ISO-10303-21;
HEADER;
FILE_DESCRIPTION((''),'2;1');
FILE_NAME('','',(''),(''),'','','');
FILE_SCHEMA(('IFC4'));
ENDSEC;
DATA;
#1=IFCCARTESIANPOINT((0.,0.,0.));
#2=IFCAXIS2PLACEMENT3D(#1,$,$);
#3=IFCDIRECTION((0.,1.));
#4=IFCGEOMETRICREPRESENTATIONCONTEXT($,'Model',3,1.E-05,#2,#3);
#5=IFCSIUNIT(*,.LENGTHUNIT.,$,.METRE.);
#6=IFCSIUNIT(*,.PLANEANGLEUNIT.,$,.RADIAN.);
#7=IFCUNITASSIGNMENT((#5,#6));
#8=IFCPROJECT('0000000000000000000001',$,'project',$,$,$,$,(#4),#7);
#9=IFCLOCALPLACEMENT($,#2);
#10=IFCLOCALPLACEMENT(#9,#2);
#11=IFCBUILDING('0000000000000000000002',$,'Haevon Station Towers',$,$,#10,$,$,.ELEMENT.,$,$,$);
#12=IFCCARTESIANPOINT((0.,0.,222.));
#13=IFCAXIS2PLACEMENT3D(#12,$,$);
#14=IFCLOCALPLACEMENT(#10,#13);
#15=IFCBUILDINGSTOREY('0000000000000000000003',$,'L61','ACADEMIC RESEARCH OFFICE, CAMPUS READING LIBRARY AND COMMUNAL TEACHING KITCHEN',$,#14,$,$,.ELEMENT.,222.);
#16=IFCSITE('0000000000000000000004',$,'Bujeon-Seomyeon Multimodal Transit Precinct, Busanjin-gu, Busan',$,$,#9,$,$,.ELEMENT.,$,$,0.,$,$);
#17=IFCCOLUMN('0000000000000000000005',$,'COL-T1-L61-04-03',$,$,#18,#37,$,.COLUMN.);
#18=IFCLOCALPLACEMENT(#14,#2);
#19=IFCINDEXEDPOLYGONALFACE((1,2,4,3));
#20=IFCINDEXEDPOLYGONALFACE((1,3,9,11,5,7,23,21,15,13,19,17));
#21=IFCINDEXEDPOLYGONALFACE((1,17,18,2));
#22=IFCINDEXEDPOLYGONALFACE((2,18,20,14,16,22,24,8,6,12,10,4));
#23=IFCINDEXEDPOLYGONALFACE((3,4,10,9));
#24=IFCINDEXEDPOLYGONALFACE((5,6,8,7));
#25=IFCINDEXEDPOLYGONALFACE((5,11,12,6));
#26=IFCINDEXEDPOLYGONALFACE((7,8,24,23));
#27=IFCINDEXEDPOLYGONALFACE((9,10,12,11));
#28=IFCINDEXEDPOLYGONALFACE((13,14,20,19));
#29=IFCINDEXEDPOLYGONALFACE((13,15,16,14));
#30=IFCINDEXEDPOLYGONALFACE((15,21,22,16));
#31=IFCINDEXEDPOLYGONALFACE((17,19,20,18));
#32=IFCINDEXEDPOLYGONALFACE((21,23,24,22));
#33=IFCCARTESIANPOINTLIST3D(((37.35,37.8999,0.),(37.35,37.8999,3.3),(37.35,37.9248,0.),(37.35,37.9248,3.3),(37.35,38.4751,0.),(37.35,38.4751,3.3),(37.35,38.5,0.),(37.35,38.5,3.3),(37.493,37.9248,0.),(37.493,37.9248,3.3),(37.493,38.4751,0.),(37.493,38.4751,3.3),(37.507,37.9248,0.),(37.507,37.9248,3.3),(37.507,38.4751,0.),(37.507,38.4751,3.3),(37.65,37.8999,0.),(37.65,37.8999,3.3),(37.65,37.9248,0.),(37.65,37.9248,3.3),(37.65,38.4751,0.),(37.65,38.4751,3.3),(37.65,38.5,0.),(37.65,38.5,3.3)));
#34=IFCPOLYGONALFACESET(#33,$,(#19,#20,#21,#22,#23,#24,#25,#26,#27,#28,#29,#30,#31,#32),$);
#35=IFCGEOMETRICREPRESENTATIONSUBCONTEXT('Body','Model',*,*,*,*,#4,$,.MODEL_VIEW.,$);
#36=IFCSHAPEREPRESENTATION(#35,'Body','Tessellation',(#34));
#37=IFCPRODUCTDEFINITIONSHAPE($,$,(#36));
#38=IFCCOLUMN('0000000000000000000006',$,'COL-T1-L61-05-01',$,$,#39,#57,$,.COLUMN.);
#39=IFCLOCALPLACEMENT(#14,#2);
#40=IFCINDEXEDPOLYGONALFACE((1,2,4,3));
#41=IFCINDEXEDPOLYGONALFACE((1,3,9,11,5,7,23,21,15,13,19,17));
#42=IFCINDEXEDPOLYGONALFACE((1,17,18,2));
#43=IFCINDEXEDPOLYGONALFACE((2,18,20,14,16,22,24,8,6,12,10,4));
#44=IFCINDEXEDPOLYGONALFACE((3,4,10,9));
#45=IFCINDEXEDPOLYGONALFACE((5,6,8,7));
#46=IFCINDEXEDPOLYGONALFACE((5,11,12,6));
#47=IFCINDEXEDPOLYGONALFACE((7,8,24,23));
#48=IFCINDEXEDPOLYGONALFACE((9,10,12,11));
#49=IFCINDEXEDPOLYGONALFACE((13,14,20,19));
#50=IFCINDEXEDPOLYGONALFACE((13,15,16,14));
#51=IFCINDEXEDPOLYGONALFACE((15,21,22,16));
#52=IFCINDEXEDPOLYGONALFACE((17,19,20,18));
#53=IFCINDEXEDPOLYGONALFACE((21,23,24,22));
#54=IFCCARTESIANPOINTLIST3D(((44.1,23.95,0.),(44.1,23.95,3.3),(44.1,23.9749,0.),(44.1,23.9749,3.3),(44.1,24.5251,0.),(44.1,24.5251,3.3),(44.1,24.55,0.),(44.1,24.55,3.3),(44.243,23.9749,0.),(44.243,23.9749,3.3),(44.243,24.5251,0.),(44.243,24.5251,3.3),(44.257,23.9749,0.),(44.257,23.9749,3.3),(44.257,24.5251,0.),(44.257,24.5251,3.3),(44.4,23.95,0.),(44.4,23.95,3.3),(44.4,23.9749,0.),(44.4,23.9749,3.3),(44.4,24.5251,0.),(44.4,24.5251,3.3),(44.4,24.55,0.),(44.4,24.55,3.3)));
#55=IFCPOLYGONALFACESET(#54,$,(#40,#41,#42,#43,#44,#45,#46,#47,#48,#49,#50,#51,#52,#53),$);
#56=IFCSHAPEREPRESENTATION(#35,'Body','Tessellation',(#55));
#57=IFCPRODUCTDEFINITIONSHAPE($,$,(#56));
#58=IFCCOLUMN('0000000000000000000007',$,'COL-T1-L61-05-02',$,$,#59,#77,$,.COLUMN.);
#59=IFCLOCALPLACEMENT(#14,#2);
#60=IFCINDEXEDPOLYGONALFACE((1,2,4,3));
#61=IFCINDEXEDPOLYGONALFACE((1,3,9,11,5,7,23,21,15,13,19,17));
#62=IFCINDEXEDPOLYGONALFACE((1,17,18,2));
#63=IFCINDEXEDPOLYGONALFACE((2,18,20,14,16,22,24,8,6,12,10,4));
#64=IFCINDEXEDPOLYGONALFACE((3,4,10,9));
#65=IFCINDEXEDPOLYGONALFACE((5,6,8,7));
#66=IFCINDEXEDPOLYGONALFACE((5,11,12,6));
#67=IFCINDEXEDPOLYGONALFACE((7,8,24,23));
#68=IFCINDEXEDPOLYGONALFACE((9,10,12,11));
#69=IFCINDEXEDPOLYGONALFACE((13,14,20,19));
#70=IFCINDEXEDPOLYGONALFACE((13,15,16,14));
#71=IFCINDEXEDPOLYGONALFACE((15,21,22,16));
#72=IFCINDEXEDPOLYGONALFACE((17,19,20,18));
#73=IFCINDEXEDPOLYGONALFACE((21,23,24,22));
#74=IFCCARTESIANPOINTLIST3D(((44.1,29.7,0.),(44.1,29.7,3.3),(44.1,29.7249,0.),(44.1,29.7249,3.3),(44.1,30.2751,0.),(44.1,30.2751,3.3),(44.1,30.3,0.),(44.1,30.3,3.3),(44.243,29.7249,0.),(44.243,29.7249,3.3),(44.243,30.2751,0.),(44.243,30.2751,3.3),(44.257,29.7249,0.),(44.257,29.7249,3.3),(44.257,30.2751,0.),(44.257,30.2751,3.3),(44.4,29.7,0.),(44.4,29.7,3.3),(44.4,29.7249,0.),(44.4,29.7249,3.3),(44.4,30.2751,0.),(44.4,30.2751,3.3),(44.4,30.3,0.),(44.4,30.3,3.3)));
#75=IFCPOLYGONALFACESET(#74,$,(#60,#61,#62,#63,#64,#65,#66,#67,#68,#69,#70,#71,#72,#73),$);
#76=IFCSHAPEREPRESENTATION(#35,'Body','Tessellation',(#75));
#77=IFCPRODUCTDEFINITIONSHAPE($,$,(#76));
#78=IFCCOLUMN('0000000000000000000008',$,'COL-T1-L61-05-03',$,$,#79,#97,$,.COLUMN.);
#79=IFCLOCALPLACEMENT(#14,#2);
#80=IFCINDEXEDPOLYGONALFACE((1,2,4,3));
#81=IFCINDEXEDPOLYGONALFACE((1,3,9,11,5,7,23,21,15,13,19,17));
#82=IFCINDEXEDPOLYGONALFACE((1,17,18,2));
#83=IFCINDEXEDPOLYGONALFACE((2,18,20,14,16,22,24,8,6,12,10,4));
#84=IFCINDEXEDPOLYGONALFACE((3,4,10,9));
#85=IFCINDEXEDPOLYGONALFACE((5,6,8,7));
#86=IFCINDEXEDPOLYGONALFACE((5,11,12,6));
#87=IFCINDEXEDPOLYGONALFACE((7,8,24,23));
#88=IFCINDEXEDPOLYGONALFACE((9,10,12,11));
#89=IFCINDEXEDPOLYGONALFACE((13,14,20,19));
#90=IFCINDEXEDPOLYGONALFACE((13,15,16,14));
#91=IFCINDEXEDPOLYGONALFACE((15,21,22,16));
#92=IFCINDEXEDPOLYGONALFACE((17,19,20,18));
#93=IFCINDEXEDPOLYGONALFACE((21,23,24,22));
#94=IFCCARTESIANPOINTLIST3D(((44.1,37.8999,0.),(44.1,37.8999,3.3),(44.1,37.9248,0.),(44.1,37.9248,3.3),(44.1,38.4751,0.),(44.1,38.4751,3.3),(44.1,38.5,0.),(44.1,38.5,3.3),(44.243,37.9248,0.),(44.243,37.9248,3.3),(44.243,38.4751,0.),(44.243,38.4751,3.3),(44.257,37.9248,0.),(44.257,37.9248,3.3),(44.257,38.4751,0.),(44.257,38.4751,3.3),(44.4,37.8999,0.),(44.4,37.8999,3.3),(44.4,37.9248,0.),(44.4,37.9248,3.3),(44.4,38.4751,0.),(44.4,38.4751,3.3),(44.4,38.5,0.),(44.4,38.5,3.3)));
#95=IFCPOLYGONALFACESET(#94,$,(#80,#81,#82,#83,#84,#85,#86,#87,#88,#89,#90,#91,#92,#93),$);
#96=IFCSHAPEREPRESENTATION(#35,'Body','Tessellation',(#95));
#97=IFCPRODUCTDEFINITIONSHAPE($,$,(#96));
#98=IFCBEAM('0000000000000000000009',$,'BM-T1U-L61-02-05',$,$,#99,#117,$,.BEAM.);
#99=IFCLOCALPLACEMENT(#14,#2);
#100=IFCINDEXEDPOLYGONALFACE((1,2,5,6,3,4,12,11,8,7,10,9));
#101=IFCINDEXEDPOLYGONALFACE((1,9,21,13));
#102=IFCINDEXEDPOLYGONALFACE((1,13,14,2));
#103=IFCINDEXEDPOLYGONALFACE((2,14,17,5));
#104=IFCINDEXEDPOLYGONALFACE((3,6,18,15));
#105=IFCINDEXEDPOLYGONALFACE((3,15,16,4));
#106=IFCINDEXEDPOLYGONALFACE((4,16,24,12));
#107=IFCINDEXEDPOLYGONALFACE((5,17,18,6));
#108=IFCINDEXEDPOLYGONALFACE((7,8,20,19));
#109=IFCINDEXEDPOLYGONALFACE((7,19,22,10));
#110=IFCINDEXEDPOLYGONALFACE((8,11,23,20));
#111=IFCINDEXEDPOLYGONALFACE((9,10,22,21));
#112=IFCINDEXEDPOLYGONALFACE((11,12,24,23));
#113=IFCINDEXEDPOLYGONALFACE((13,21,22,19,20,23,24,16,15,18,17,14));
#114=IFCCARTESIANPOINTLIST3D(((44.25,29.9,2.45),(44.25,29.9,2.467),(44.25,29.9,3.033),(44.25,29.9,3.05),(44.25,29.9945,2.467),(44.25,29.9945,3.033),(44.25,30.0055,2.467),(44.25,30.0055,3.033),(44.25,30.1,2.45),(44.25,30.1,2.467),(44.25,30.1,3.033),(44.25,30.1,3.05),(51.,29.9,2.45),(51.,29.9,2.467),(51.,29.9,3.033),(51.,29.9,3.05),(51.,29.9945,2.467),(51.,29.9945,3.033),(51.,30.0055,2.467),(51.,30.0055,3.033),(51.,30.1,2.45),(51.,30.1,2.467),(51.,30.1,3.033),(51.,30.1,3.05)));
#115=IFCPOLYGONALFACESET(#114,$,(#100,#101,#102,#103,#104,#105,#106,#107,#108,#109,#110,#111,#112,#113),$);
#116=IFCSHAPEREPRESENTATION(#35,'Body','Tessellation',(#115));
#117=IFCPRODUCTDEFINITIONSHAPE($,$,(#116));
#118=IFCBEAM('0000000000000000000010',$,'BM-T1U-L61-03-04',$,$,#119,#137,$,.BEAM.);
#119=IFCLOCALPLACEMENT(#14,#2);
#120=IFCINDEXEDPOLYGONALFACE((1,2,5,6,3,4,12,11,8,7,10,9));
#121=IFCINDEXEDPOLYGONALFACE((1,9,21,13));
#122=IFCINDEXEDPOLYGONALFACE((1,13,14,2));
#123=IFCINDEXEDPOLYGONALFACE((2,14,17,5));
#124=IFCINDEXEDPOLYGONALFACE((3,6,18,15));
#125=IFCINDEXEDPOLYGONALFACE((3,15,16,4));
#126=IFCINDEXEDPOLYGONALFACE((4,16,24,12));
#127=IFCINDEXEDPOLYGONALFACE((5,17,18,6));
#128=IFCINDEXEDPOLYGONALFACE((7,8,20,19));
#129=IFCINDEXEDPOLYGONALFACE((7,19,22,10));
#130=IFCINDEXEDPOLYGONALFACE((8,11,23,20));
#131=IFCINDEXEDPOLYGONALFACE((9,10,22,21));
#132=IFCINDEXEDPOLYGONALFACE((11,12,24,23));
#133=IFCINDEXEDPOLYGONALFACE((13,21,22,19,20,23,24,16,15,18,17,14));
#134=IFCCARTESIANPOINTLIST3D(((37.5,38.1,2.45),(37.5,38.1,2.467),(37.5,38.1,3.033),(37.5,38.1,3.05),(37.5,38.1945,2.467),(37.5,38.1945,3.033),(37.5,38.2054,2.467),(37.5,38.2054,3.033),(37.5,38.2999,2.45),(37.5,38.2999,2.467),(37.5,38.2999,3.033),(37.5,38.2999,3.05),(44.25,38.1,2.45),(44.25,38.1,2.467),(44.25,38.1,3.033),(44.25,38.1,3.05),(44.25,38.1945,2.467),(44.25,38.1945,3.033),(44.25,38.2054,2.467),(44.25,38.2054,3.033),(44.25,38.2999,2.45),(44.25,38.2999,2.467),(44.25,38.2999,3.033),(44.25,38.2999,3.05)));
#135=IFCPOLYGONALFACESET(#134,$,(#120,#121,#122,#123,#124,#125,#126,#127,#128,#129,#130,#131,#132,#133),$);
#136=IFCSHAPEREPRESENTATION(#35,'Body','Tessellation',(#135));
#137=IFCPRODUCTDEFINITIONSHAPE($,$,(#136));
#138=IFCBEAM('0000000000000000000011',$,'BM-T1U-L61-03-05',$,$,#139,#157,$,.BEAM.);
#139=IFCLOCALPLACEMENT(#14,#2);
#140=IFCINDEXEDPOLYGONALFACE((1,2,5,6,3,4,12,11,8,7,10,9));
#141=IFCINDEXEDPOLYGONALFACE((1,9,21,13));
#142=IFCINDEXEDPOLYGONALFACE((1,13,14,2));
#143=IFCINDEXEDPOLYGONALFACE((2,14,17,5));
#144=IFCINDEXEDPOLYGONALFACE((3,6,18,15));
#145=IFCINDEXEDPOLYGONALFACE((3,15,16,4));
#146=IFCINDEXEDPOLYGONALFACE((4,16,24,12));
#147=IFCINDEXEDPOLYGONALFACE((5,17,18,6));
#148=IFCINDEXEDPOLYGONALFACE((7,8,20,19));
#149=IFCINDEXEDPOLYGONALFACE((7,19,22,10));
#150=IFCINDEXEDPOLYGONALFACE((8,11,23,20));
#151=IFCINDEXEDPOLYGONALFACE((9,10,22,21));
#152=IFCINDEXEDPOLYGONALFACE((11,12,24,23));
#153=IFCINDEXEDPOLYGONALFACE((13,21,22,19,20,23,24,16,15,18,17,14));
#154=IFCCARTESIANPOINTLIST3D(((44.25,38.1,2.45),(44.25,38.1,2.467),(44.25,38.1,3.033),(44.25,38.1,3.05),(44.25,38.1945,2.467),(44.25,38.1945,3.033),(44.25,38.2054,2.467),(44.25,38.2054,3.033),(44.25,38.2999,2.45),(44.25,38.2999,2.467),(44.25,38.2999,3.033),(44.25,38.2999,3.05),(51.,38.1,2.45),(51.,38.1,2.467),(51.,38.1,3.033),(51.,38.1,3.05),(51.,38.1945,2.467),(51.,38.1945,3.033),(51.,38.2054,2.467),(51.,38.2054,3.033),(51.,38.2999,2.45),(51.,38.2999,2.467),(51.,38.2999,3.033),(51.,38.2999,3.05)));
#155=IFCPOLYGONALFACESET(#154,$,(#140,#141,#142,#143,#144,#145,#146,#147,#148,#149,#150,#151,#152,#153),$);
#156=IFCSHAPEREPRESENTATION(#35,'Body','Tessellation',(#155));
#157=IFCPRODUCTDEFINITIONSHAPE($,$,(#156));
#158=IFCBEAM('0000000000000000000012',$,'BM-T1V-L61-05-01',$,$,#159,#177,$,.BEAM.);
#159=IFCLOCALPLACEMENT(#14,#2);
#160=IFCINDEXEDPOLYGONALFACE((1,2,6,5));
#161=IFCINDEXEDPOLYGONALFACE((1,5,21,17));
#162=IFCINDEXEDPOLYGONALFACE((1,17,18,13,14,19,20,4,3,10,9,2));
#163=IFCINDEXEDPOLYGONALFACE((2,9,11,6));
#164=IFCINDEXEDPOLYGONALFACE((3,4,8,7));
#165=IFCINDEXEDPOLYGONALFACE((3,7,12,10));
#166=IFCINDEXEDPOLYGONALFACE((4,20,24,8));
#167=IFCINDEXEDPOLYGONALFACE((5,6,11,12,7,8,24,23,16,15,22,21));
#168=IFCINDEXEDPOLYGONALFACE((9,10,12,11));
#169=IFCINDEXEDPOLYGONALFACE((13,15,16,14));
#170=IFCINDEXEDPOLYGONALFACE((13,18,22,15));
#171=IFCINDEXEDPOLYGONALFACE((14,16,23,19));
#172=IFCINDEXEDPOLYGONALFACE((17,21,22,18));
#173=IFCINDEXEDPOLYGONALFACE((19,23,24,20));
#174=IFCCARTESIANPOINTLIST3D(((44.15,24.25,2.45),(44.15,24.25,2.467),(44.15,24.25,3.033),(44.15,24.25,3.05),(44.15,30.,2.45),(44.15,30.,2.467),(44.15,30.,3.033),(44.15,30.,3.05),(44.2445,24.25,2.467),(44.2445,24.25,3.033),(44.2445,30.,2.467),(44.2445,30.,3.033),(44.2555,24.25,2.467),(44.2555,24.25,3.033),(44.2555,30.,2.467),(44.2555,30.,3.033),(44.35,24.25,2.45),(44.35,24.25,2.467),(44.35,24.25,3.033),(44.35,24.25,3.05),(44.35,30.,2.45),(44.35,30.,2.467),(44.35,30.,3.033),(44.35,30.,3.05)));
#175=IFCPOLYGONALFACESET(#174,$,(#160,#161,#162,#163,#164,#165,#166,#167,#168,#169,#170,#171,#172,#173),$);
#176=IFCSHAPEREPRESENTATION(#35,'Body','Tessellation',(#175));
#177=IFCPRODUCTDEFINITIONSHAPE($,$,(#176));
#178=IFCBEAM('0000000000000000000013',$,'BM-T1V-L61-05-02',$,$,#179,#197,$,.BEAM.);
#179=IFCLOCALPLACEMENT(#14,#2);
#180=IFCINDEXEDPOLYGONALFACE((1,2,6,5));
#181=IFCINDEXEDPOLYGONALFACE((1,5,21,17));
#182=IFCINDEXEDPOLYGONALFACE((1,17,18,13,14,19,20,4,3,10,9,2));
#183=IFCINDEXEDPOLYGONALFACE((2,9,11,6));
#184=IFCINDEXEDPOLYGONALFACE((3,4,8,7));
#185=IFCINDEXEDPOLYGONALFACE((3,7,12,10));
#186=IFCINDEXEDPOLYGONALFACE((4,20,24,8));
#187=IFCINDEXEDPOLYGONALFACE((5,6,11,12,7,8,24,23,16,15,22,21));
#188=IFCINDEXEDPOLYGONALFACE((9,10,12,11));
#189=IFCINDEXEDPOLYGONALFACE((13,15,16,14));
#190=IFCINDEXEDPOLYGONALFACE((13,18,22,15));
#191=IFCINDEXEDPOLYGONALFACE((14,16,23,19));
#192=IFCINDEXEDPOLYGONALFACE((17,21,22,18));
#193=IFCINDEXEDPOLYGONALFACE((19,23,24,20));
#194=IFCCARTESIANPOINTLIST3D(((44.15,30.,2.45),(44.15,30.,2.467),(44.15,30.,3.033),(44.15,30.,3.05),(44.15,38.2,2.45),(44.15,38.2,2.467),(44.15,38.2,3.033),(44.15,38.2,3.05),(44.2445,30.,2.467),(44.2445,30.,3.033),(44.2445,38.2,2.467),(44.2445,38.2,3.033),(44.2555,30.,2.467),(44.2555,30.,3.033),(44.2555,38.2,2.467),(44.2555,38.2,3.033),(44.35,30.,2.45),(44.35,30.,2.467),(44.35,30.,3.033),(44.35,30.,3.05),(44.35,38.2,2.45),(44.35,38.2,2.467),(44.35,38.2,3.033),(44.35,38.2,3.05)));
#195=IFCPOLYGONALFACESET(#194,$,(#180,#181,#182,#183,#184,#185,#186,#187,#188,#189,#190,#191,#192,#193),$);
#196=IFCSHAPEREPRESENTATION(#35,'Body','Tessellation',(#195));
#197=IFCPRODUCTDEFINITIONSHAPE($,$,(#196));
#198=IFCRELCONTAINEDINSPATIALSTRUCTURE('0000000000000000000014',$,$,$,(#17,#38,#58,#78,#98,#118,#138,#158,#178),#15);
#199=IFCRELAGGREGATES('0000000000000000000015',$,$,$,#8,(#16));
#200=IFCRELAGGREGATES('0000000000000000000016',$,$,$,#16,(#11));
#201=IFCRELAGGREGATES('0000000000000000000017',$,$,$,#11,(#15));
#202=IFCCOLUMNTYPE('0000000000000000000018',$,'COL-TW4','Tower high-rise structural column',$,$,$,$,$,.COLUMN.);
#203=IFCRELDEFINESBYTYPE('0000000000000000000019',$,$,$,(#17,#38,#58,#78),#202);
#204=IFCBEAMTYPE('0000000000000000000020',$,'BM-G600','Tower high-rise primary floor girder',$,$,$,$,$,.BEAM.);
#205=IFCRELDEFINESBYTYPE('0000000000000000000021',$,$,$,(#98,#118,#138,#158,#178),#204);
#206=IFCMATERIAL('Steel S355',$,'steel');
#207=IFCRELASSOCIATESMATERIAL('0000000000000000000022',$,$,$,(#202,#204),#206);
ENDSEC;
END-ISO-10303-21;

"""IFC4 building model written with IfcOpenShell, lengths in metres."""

from ifc_helpers import new_model, si_unit, direction, frame, origin, origin_2d, place, context, subcontext, project, spatial, i_section, extrude, material, material_profile, profile_set, type_object, element, save


model = new_model("IFC4")

# Units and contexts
model_context = context("Model", 3, precision=1e-05, world=origin(), true_north=direction((0.0, 1.0)))
body_context = subcontext(model_context, "Body", "Model", "MODEL_VIEW")
ifc_project = project(units=[si_unit("LENGTHUNIT", "METRE"), si_unit("PLANEANGLEUNIT", "RADIAN")], contexts=[model_context])

# Site, building, storey
site_placement = place(None, origin())
site = spatial("IfcSite", under=ifc_project, at=site_placement, Name="Bujeon-Seomyeon Multimodal Transit Precinct, Busanjin-gu, Busan", CompositionType="ELEMENT", RefElevation=0.0)
building_placement = place(site_placement, origin())
building = spatial("IfcBuilding", under=site, at=building_placement, Name="Haevon Station Towers", CompositionType="ELEMENT")
storey_placement = place(building_placement, frame((0.0, 0.0, 222.0)))
storey = spatial("IfcBuildingStorey", under=building, at=storey_placement, Name="L61", Description="ACADEMIC RESEARCH OFFICE, CAMPUS READING LIBRARY AND COMMUNAL TEACHING KITCHEN", CompositionType="ELEMENT", Elevation=222.0)

# Columns
ifc_material_1 = material(Name="Steel S355", Category="steel")
ifc_material_profile_1 = material_profile(ifc_material_1, i_section(OverallWidth=0.3, OverallDepth=0.6001, WebThickness=0.0139, FlangeThickness=0.0249, at=origin_2d()), Name="H-600x300x14x25")
ifc_profile_set_1 = profile_set([ifc_material_profile_1], Name="Steel S355")
column_type = type_object("IfcColumnType", Name="COL-TW4", Description="Tower high-rise structural column", PredefinedType="COLUMN", material=ifc_profile_set_1)
for number, where, z_axis, x_axis, name in (
    (1, (37.5, 38.2, 0.0), (0.0, 0.0, 1.0), (1.0, 0.0, 0.0), "COL-T1-L61-04-03"),
    (2, (44.25, 24.25, 0.0), (0.0, 0.0, 1.0), (1.0, 0.0, 0.0), "COL-T1-L61-05-01"),
    (3, (44.25, 30.0, 0.0), (0.0, 0.0, 1.0), (1.0, 0.0, 0.0), "COL-T1-L61-05-02"),
    (4, (44.25, 38.2, 0.0), (0.0, 0.0, 1.0), (1.0, 0.0, 0.0), "COL-T1-L61-05-03"),
):
    element("IfcColumn", number, at=place(storey_placement, frame(where, z_axis=z_axis, x_axis=x_axis)), inside=storey, type_object=column_type, Name=name, PredefinedType="COLUMN", context=body_context, shape_type="SweptSolid", body=[
        extrude(i_section(OverallWidth=0.3, OverallDepth=0.6001, WebThickness=0.0139, FlangeThickness=0.0249, at=origin_2d()), origin(), (0.0, 0.0, 1.0), 3.3),
    ])

# Beams
ifc_material_profile_2 = material_profile(ifc_material_1, i_section(OverallWidth=0.2, OverallDepth=0.6001, WebThickness=0.011, FlangeThickness=0.0171, at=origin_2d()), Name="H-600x200x11x17")
ifc_profile_set_2 = profile_set([ifc_material_profile_2], Name="Steel S355")
beam_type_1 = type_object("IfcBeamType", Name="BM-G600", Description="Tower high-rise primary floor girder", PredefinedType="BEAM", material=ifc_profile_set_2)
for number, where, z_axis, x_axis, name in (
    (5, (44.25, 30.0, 2.75), (1.0, 0.0, 0.0), (0.0, 1.0, 0.0), "BM-T1U-L61-02-05"),
    (6, (37.5, 38.2, 2.75), (1.0, 0.0, 0.0), (0.0, 1.0, 0.0), "BM-T1U-L61-03-04"),
    (7, (44.25, 38.2, 2.75), (1.0, 0.0, 0.0), (0.0, 1.0, 0.0), "BM-T1U-L61-03-05"),
):
    element("IfcBeam", number, at=place(storey_placement, frame(where, z_axis=z_axis, x_axis=x_axis)), inside=storey, type_object=beam_type_1, Name=name, PredefinedType="BEAM", context=body_context, shape_type="SweptSolid", body=[
        extrude(i_section(OverallWidth=0.2, OverallDepth=0.6001, WebThickness=0.011, FlangeThickness=0.0171, at=origin_2d()), origin(), (0.0, 0.0, 1.0), 6.75),
    ])
beam_1_placement = place(storey_placement, frame((44.25, 24.25, 2.75), z_axis=(0.0, 1.0, 0.0), x_axis=(-1.0, 0.0, 0.0)))
element("IfcBeam", 8, at=beam_1_placement, inside=storey, type_object=beam_type_1, Name="BM-T1V-L61-05-01", PredefinedType="BEAM", context=body_context, shape_type="SweptSolid", body=[
    extrude(i_section(OverallWidth=0.2, OverallDepth=0.6001, WebThickness=0.011, FlangeThickness=0.0171, at=origin_2d()), origin(), (0.0, 0.0, 1.0), 5.75),
])
beam_2_placement = place(storey_placement, frame((44.25, 30.0, 2.75), z_axis=(0.0, 1.0, 0.0), x_axis=(-1.0, 0.0, 0.0)))
element("IfcBeam", 9, at=beam_2_placement, inside=storey, type_object=beam_type_1, Name="BM-T1V-L61-05-02", PredefinedType="BEAM", context=body_context, shape_type="SweptSolid", body=[
    extrude(i_section(OverallWidth=0.2, OverallDepth=0.6001, WebThickness=0.011, FlangeThickness=0.0171, at=origin_2d()), origin(), (0.0, 0.0, 1.0), 8.2),
])

save(model, "model.ifc")
